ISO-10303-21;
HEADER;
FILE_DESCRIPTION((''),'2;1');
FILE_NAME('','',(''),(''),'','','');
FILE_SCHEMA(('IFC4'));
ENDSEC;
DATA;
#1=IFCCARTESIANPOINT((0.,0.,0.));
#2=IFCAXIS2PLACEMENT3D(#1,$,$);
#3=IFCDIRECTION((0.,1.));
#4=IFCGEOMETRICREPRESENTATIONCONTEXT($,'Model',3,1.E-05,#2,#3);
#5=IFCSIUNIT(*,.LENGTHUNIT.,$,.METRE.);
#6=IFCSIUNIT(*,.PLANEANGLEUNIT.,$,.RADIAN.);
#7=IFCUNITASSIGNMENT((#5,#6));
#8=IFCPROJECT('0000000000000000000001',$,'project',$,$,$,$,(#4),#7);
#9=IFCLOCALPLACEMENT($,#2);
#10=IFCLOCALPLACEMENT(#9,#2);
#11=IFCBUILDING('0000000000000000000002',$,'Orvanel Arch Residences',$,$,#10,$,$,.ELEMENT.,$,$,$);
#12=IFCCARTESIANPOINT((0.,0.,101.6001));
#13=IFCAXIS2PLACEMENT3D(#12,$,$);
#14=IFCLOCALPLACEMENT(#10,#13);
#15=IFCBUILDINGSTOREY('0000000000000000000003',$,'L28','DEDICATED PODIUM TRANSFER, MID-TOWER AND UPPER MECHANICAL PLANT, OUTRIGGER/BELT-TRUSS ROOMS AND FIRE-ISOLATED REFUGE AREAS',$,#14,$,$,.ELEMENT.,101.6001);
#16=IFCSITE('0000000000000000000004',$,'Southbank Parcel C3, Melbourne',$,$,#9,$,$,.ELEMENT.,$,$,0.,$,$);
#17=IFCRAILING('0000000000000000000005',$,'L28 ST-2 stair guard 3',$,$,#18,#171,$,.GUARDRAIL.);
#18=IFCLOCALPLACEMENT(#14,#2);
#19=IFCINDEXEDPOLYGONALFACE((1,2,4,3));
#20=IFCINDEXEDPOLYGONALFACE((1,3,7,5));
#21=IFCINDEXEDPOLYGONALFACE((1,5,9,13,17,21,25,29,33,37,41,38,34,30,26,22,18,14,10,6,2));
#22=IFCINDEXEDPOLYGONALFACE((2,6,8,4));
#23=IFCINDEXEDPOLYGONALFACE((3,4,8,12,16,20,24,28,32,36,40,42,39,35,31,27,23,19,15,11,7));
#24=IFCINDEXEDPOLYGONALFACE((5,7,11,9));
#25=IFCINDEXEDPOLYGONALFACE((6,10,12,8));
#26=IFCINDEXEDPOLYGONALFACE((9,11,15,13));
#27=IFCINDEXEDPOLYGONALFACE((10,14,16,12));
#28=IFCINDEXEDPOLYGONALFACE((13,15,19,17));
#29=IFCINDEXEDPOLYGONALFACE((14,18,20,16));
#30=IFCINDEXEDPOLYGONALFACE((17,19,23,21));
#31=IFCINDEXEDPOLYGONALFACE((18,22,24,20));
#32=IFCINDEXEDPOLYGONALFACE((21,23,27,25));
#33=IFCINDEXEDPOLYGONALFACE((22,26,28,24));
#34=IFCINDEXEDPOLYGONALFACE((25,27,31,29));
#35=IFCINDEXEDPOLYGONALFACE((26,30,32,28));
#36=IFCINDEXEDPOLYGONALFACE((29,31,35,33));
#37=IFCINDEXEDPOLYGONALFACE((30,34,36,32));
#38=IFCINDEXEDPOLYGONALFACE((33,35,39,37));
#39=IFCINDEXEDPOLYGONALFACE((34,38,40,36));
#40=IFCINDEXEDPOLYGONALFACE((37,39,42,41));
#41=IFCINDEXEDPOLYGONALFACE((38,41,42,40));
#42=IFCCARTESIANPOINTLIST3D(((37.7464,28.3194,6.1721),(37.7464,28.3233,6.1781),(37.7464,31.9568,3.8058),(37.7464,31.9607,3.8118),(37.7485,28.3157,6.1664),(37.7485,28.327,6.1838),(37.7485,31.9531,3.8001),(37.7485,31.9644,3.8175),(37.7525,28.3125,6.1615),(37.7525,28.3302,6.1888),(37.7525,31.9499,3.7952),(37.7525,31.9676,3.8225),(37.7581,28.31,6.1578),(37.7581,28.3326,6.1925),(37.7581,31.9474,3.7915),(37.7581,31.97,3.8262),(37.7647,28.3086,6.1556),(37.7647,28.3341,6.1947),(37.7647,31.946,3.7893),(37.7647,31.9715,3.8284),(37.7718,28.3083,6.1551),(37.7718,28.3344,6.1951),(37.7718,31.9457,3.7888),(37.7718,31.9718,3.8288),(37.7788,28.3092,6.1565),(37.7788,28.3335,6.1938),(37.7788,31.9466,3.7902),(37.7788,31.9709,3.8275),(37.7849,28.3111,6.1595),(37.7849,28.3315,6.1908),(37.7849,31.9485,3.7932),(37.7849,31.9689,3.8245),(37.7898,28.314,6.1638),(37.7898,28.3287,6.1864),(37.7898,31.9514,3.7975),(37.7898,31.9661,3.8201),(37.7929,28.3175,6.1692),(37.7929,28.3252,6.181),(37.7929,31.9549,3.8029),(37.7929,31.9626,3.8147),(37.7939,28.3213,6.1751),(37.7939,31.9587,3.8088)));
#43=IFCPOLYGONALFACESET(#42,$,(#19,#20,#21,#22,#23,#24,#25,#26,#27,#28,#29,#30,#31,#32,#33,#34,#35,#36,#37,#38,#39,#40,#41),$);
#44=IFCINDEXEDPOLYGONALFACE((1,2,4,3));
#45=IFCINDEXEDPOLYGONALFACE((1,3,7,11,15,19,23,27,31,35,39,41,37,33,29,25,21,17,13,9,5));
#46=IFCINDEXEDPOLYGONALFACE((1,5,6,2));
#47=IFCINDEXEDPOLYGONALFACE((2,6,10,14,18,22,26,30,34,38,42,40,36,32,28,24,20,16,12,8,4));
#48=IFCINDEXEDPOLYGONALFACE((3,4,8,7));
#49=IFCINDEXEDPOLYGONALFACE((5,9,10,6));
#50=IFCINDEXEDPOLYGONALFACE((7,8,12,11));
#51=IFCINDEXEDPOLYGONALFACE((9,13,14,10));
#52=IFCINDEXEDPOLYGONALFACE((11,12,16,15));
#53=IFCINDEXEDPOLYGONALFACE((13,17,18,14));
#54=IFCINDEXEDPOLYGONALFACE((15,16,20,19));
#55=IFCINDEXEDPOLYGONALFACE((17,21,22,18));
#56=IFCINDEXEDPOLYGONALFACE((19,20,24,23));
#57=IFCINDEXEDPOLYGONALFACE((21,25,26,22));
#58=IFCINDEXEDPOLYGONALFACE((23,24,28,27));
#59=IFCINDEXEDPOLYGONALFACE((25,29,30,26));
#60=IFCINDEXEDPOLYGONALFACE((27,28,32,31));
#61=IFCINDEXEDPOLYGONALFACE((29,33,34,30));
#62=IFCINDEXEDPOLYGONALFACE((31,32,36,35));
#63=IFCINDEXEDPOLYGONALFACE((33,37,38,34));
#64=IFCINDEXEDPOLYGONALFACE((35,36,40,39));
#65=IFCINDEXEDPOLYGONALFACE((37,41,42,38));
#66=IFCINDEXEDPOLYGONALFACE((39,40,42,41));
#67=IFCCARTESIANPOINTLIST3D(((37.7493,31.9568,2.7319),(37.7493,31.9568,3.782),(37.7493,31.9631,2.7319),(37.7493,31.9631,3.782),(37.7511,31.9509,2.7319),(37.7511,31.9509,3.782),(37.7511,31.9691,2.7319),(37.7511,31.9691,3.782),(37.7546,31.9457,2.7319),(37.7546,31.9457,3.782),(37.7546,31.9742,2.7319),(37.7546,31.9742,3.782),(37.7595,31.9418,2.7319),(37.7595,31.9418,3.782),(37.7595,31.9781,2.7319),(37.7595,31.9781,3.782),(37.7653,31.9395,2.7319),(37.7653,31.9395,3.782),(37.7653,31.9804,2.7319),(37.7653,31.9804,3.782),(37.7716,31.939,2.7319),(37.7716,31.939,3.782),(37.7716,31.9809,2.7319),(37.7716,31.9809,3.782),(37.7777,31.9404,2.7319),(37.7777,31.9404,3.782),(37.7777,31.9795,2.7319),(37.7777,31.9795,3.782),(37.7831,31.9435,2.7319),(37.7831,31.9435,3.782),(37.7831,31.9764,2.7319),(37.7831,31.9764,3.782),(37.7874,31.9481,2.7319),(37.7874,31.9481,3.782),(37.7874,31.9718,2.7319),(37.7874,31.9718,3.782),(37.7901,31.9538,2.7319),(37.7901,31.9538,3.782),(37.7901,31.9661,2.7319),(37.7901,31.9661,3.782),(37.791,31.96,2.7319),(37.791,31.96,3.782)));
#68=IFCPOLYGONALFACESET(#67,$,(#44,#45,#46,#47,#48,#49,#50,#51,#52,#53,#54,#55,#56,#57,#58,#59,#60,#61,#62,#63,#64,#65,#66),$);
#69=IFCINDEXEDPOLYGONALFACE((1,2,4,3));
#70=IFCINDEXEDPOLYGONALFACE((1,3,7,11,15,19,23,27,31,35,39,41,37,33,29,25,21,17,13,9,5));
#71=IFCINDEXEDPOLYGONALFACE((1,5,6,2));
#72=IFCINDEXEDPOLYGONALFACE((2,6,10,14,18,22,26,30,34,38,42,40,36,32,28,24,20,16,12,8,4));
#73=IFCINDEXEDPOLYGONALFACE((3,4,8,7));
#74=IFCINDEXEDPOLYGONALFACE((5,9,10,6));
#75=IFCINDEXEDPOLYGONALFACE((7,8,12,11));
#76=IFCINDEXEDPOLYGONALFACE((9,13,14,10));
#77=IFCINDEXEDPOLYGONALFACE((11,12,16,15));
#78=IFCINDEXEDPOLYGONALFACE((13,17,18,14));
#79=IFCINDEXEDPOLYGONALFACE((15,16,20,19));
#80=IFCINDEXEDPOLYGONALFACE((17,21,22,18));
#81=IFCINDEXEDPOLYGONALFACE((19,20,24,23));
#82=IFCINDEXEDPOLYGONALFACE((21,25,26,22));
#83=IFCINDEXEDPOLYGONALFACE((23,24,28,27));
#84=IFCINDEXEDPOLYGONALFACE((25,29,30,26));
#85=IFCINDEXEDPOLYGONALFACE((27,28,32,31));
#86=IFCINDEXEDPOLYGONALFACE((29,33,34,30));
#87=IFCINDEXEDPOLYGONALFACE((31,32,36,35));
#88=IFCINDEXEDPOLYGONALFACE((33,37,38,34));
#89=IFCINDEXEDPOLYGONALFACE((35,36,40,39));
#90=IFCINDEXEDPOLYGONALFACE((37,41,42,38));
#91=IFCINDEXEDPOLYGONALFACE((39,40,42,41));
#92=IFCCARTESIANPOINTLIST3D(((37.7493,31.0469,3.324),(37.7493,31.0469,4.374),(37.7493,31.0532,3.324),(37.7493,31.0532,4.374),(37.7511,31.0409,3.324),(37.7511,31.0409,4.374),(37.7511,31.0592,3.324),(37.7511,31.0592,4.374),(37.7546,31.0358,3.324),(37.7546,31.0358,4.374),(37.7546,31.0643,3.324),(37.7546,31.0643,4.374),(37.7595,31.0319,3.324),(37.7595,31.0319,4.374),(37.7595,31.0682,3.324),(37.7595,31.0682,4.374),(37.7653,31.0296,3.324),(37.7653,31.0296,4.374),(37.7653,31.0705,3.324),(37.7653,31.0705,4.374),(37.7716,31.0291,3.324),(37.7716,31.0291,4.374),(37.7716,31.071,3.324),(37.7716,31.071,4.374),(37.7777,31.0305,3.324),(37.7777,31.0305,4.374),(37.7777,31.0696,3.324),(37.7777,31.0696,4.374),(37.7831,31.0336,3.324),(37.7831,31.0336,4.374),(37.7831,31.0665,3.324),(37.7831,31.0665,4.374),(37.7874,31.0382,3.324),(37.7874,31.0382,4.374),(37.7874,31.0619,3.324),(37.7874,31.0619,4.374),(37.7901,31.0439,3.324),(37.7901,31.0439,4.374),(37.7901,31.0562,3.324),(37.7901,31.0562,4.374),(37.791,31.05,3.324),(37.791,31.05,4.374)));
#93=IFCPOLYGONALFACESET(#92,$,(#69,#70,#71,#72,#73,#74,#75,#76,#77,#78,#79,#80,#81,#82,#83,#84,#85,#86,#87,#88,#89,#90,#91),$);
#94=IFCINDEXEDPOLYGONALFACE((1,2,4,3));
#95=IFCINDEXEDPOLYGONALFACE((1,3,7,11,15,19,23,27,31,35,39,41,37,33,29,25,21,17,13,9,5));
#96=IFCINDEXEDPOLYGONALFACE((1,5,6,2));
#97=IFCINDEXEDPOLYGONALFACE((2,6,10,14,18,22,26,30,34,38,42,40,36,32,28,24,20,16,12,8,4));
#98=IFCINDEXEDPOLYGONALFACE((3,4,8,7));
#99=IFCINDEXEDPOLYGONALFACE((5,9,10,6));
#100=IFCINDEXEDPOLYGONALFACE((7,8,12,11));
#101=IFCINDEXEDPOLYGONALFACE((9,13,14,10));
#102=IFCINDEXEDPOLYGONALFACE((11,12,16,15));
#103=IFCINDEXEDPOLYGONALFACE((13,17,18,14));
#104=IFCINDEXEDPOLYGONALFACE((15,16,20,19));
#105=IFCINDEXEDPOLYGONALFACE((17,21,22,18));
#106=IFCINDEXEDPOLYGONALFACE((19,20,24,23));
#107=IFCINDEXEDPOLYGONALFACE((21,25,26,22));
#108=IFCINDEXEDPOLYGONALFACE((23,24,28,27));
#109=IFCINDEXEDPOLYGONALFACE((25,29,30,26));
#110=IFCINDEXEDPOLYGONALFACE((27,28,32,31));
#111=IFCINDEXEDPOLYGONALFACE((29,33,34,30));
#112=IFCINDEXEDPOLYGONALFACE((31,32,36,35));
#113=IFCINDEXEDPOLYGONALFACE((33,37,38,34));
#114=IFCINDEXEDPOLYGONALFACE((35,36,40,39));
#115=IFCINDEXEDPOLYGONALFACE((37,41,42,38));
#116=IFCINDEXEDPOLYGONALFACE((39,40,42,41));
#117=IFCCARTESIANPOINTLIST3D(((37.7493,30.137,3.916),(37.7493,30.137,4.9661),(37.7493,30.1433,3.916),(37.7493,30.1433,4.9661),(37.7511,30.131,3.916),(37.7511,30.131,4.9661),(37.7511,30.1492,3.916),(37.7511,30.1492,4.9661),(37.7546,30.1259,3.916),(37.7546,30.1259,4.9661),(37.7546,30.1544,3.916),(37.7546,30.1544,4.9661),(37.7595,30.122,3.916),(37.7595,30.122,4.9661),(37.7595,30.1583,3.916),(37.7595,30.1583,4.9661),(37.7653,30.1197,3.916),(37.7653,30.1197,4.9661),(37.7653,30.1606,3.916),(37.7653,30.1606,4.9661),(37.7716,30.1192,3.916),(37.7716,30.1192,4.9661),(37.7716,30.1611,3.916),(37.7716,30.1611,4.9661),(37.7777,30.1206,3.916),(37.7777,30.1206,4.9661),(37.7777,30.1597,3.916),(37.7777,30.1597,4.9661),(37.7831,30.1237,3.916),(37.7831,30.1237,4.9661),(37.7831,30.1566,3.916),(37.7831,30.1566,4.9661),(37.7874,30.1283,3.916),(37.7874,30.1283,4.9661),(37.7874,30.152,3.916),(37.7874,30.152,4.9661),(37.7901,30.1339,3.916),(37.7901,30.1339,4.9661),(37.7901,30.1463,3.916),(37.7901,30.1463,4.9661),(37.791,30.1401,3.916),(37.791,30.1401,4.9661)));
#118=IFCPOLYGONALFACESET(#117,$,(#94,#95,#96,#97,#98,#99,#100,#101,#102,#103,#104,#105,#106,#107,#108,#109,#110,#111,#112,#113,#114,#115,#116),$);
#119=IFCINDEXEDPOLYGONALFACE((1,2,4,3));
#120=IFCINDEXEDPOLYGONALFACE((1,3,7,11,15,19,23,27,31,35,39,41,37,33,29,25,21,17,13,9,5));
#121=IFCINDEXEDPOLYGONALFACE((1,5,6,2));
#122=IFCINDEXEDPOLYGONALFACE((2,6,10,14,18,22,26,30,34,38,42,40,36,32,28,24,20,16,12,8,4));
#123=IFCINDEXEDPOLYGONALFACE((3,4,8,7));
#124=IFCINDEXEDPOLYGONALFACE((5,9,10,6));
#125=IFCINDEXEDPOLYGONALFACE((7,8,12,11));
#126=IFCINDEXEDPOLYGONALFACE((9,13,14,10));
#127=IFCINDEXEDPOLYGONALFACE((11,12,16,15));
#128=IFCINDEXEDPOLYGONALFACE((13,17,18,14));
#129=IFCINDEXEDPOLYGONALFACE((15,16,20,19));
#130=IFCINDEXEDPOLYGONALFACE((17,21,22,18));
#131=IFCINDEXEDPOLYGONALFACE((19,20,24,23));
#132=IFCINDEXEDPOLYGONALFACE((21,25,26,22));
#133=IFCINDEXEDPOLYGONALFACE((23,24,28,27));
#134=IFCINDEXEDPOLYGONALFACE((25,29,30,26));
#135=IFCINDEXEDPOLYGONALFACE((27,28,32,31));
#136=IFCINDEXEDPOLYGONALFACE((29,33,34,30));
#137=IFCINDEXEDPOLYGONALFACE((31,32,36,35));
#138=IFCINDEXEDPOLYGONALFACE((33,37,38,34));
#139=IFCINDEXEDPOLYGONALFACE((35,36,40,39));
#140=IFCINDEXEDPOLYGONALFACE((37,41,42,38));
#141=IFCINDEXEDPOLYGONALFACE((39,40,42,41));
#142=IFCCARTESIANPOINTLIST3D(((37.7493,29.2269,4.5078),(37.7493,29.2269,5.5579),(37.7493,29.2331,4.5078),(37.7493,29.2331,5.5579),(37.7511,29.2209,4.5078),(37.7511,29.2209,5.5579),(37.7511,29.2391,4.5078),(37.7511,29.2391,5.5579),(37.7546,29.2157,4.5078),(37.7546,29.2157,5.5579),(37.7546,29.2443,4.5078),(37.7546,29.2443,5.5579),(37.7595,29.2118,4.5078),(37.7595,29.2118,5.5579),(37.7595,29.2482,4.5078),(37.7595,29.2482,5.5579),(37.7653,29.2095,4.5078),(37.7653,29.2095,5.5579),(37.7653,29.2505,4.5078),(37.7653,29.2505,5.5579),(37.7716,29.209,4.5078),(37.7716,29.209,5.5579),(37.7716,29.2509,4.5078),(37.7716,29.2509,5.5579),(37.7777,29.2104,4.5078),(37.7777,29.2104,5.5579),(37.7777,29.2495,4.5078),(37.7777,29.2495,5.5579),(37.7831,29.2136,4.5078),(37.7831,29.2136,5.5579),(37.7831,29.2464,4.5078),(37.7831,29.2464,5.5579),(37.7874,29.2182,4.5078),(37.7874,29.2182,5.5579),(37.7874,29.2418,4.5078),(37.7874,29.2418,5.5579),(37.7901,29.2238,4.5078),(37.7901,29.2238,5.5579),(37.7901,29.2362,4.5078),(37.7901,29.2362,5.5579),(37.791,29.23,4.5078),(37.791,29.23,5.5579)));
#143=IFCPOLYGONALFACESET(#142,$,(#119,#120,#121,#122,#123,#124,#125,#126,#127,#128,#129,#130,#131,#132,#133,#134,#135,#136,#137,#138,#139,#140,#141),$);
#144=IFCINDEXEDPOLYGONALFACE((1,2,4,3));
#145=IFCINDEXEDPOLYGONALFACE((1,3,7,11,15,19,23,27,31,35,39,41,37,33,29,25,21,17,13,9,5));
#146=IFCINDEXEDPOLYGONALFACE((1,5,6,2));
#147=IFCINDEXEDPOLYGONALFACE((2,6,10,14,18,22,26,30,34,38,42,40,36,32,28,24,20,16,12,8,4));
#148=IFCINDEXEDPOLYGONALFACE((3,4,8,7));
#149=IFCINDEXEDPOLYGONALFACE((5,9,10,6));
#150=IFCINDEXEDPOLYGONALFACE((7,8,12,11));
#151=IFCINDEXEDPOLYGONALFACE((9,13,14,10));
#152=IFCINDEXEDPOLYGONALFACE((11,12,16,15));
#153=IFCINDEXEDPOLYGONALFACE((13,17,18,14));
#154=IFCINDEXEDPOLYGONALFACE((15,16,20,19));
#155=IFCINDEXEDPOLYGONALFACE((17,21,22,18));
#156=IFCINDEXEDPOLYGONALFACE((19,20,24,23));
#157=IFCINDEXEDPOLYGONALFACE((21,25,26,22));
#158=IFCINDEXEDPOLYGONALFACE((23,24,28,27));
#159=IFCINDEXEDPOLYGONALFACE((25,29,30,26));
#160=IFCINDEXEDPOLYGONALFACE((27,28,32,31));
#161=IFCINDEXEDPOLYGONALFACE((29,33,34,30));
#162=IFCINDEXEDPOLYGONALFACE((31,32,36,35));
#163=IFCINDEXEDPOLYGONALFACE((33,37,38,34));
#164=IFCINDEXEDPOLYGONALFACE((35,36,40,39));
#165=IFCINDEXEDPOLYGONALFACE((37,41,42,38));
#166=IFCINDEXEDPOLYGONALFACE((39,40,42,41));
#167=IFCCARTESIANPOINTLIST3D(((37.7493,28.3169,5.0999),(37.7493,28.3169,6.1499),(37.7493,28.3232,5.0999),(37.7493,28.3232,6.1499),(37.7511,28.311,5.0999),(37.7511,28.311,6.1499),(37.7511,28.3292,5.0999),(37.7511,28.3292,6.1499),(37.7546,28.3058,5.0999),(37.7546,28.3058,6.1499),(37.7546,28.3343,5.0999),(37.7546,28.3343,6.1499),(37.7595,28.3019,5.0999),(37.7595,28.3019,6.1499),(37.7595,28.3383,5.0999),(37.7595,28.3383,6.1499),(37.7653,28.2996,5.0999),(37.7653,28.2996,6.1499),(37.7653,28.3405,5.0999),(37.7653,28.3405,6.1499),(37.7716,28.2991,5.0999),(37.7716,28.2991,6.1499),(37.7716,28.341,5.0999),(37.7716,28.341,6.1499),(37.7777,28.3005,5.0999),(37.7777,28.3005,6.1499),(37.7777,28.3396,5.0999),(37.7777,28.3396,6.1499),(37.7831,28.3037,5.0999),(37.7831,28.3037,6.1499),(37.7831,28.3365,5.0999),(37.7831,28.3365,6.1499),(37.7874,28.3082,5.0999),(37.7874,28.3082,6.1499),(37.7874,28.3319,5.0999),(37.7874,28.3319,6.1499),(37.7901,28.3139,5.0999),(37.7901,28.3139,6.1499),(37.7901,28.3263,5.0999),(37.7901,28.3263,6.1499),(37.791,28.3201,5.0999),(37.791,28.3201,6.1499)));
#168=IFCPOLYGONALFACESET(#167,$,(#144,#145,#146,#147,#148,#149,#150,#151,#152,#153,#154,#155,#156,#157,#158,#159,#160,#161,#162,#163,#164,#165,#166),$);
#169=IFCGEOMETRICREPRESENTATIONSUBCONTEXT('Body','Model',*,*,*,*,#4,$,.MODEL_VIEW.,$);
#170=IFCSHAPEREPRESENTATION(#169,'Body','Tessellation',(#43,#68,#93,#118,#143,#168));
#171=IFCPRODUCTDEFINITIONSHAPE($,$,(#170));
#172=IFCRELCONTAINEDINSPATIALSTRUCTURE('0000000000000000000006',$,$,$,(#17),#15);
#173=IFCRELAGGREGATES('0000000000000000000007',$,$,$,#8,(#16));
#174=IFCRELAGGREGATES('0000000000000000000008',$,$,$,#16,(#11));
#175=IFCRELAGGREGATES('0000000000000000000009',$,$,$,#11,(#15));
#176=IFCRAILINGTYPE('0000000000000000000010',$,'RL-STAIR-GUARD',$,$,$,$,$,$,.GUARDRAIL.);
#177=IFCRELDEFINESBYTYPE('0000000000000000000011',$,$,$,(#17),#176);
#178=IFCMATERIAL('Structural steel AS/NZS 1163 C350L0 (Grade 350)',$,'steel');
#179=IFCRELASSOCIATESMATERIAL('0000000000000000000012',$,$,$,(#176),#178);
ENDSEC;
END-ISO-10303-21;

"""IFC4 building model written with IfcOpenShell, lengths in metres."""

from ifc_helpers import new_model, si_unit, direction, frame, origin, origin_2d, place, context, subcontext, project, spatial, circle, extrude, material, type_object, element, save


model = new_model("IFC4")

# Units and contexts
model_context = context("Model", 3, precision=1e-05, world=origin(), true_north=direction((0.0, 1.0)))
body_context = subcontext(model_context, "Body", "Model", "MODEL_VIEW")
ifc_project = project(units=[si_unit("LENGTHUNIT", "METRE"), si_unit("PLANEANGLEUNIT", "RADIAN")], contexts=[model_context])

# Site, building, storey
site_placement = place(None, origin())
site = spatial("IfcSite", under=ifc_project, at=site_placement, Name="Southbank Parcel C3, Melbourne", CompositionType="ELEMENT", RefElevation=0.0)
building_placement = place(site_placement, origin())
building = spatial("IfcBuilding", under=site, at=building_placement, Name="Orvanel Arch Residences", CompositionType="ELEMENT")
storey_placement = place(building_placement, frame((0.0, 0.0, 101.6001)))
storey = spatial("IfcBuildingStorey", under=building, at=storey_placement, Name="L28", Description="DEDICATED PODIUM TRANSFER, MID-TOWER AND UPPER MECHANICAL PLANT, OUTRIGGER/BELT-TRUSS ROOMS AND FIRE-ISOLATED REFUGE AREAS", CompositionType="ELEMENT", Elevation=101.6001)

# Railing
ifc_material_1 = material(Name="Structural steel AS/NZS 1163 C350L0 (Grade 350)", Category="steel")
railing_type_1 = type_object("IfcRailingType", Name="RL-STAIR-GUARD", PredefinedType="GUARDRAIL", material=ifc_material_1)
railing_1_placement = place(storey_placement, frame((37.77, 31.96, 2.7319)))
element("IfcRailing", 1, at=railing_1_placement, inside=storey, type_object=railing_type_1, Name="L28 ST-2 stair guard 3", PredefinedType="GUARDRAIL", context=body_context, shape_type="SweptSolid", body=[
    extrude(circle(Radius=0.0239, at=origin_2d()), frame((0.0, -0.0012, 1.0769), z_axis=(0.0, -0.838234, 0.54531), x_axis=(1.0, 0.0, 0.0)), (0.0, 0.0, 1.0), 4.3394),
    extrude(circle(Radius=0.021, at=origin_2d()), origin(), (0.0, 0.0, 1.0), 1.05),
    extrude(circle(Radius=0.021, at=origin_2d()), frame((0.0, -0.9099, 0.592)), (0.0, 0.0, 1.0), 1.05),
    extrude(circle(Radius=0.021, at=origin_2d()), frame((0.0, -1.8198, 1.1841)), (0.0, 0.0, 1.0), 1.05),
    extrude(circle(Radius=0.021, at=origin_2d()), frame((0.0, -2.73, 1.7759)), (0.0, 0.0, 1.0), 1.05),
    extrude(circle(Radius=0.021, at=origin_2d()), frame((0.0, -3.6399, 2.3679)), (0.0, 0.0, 1.0), 1.05),
])

save(model, "model.ifc")
